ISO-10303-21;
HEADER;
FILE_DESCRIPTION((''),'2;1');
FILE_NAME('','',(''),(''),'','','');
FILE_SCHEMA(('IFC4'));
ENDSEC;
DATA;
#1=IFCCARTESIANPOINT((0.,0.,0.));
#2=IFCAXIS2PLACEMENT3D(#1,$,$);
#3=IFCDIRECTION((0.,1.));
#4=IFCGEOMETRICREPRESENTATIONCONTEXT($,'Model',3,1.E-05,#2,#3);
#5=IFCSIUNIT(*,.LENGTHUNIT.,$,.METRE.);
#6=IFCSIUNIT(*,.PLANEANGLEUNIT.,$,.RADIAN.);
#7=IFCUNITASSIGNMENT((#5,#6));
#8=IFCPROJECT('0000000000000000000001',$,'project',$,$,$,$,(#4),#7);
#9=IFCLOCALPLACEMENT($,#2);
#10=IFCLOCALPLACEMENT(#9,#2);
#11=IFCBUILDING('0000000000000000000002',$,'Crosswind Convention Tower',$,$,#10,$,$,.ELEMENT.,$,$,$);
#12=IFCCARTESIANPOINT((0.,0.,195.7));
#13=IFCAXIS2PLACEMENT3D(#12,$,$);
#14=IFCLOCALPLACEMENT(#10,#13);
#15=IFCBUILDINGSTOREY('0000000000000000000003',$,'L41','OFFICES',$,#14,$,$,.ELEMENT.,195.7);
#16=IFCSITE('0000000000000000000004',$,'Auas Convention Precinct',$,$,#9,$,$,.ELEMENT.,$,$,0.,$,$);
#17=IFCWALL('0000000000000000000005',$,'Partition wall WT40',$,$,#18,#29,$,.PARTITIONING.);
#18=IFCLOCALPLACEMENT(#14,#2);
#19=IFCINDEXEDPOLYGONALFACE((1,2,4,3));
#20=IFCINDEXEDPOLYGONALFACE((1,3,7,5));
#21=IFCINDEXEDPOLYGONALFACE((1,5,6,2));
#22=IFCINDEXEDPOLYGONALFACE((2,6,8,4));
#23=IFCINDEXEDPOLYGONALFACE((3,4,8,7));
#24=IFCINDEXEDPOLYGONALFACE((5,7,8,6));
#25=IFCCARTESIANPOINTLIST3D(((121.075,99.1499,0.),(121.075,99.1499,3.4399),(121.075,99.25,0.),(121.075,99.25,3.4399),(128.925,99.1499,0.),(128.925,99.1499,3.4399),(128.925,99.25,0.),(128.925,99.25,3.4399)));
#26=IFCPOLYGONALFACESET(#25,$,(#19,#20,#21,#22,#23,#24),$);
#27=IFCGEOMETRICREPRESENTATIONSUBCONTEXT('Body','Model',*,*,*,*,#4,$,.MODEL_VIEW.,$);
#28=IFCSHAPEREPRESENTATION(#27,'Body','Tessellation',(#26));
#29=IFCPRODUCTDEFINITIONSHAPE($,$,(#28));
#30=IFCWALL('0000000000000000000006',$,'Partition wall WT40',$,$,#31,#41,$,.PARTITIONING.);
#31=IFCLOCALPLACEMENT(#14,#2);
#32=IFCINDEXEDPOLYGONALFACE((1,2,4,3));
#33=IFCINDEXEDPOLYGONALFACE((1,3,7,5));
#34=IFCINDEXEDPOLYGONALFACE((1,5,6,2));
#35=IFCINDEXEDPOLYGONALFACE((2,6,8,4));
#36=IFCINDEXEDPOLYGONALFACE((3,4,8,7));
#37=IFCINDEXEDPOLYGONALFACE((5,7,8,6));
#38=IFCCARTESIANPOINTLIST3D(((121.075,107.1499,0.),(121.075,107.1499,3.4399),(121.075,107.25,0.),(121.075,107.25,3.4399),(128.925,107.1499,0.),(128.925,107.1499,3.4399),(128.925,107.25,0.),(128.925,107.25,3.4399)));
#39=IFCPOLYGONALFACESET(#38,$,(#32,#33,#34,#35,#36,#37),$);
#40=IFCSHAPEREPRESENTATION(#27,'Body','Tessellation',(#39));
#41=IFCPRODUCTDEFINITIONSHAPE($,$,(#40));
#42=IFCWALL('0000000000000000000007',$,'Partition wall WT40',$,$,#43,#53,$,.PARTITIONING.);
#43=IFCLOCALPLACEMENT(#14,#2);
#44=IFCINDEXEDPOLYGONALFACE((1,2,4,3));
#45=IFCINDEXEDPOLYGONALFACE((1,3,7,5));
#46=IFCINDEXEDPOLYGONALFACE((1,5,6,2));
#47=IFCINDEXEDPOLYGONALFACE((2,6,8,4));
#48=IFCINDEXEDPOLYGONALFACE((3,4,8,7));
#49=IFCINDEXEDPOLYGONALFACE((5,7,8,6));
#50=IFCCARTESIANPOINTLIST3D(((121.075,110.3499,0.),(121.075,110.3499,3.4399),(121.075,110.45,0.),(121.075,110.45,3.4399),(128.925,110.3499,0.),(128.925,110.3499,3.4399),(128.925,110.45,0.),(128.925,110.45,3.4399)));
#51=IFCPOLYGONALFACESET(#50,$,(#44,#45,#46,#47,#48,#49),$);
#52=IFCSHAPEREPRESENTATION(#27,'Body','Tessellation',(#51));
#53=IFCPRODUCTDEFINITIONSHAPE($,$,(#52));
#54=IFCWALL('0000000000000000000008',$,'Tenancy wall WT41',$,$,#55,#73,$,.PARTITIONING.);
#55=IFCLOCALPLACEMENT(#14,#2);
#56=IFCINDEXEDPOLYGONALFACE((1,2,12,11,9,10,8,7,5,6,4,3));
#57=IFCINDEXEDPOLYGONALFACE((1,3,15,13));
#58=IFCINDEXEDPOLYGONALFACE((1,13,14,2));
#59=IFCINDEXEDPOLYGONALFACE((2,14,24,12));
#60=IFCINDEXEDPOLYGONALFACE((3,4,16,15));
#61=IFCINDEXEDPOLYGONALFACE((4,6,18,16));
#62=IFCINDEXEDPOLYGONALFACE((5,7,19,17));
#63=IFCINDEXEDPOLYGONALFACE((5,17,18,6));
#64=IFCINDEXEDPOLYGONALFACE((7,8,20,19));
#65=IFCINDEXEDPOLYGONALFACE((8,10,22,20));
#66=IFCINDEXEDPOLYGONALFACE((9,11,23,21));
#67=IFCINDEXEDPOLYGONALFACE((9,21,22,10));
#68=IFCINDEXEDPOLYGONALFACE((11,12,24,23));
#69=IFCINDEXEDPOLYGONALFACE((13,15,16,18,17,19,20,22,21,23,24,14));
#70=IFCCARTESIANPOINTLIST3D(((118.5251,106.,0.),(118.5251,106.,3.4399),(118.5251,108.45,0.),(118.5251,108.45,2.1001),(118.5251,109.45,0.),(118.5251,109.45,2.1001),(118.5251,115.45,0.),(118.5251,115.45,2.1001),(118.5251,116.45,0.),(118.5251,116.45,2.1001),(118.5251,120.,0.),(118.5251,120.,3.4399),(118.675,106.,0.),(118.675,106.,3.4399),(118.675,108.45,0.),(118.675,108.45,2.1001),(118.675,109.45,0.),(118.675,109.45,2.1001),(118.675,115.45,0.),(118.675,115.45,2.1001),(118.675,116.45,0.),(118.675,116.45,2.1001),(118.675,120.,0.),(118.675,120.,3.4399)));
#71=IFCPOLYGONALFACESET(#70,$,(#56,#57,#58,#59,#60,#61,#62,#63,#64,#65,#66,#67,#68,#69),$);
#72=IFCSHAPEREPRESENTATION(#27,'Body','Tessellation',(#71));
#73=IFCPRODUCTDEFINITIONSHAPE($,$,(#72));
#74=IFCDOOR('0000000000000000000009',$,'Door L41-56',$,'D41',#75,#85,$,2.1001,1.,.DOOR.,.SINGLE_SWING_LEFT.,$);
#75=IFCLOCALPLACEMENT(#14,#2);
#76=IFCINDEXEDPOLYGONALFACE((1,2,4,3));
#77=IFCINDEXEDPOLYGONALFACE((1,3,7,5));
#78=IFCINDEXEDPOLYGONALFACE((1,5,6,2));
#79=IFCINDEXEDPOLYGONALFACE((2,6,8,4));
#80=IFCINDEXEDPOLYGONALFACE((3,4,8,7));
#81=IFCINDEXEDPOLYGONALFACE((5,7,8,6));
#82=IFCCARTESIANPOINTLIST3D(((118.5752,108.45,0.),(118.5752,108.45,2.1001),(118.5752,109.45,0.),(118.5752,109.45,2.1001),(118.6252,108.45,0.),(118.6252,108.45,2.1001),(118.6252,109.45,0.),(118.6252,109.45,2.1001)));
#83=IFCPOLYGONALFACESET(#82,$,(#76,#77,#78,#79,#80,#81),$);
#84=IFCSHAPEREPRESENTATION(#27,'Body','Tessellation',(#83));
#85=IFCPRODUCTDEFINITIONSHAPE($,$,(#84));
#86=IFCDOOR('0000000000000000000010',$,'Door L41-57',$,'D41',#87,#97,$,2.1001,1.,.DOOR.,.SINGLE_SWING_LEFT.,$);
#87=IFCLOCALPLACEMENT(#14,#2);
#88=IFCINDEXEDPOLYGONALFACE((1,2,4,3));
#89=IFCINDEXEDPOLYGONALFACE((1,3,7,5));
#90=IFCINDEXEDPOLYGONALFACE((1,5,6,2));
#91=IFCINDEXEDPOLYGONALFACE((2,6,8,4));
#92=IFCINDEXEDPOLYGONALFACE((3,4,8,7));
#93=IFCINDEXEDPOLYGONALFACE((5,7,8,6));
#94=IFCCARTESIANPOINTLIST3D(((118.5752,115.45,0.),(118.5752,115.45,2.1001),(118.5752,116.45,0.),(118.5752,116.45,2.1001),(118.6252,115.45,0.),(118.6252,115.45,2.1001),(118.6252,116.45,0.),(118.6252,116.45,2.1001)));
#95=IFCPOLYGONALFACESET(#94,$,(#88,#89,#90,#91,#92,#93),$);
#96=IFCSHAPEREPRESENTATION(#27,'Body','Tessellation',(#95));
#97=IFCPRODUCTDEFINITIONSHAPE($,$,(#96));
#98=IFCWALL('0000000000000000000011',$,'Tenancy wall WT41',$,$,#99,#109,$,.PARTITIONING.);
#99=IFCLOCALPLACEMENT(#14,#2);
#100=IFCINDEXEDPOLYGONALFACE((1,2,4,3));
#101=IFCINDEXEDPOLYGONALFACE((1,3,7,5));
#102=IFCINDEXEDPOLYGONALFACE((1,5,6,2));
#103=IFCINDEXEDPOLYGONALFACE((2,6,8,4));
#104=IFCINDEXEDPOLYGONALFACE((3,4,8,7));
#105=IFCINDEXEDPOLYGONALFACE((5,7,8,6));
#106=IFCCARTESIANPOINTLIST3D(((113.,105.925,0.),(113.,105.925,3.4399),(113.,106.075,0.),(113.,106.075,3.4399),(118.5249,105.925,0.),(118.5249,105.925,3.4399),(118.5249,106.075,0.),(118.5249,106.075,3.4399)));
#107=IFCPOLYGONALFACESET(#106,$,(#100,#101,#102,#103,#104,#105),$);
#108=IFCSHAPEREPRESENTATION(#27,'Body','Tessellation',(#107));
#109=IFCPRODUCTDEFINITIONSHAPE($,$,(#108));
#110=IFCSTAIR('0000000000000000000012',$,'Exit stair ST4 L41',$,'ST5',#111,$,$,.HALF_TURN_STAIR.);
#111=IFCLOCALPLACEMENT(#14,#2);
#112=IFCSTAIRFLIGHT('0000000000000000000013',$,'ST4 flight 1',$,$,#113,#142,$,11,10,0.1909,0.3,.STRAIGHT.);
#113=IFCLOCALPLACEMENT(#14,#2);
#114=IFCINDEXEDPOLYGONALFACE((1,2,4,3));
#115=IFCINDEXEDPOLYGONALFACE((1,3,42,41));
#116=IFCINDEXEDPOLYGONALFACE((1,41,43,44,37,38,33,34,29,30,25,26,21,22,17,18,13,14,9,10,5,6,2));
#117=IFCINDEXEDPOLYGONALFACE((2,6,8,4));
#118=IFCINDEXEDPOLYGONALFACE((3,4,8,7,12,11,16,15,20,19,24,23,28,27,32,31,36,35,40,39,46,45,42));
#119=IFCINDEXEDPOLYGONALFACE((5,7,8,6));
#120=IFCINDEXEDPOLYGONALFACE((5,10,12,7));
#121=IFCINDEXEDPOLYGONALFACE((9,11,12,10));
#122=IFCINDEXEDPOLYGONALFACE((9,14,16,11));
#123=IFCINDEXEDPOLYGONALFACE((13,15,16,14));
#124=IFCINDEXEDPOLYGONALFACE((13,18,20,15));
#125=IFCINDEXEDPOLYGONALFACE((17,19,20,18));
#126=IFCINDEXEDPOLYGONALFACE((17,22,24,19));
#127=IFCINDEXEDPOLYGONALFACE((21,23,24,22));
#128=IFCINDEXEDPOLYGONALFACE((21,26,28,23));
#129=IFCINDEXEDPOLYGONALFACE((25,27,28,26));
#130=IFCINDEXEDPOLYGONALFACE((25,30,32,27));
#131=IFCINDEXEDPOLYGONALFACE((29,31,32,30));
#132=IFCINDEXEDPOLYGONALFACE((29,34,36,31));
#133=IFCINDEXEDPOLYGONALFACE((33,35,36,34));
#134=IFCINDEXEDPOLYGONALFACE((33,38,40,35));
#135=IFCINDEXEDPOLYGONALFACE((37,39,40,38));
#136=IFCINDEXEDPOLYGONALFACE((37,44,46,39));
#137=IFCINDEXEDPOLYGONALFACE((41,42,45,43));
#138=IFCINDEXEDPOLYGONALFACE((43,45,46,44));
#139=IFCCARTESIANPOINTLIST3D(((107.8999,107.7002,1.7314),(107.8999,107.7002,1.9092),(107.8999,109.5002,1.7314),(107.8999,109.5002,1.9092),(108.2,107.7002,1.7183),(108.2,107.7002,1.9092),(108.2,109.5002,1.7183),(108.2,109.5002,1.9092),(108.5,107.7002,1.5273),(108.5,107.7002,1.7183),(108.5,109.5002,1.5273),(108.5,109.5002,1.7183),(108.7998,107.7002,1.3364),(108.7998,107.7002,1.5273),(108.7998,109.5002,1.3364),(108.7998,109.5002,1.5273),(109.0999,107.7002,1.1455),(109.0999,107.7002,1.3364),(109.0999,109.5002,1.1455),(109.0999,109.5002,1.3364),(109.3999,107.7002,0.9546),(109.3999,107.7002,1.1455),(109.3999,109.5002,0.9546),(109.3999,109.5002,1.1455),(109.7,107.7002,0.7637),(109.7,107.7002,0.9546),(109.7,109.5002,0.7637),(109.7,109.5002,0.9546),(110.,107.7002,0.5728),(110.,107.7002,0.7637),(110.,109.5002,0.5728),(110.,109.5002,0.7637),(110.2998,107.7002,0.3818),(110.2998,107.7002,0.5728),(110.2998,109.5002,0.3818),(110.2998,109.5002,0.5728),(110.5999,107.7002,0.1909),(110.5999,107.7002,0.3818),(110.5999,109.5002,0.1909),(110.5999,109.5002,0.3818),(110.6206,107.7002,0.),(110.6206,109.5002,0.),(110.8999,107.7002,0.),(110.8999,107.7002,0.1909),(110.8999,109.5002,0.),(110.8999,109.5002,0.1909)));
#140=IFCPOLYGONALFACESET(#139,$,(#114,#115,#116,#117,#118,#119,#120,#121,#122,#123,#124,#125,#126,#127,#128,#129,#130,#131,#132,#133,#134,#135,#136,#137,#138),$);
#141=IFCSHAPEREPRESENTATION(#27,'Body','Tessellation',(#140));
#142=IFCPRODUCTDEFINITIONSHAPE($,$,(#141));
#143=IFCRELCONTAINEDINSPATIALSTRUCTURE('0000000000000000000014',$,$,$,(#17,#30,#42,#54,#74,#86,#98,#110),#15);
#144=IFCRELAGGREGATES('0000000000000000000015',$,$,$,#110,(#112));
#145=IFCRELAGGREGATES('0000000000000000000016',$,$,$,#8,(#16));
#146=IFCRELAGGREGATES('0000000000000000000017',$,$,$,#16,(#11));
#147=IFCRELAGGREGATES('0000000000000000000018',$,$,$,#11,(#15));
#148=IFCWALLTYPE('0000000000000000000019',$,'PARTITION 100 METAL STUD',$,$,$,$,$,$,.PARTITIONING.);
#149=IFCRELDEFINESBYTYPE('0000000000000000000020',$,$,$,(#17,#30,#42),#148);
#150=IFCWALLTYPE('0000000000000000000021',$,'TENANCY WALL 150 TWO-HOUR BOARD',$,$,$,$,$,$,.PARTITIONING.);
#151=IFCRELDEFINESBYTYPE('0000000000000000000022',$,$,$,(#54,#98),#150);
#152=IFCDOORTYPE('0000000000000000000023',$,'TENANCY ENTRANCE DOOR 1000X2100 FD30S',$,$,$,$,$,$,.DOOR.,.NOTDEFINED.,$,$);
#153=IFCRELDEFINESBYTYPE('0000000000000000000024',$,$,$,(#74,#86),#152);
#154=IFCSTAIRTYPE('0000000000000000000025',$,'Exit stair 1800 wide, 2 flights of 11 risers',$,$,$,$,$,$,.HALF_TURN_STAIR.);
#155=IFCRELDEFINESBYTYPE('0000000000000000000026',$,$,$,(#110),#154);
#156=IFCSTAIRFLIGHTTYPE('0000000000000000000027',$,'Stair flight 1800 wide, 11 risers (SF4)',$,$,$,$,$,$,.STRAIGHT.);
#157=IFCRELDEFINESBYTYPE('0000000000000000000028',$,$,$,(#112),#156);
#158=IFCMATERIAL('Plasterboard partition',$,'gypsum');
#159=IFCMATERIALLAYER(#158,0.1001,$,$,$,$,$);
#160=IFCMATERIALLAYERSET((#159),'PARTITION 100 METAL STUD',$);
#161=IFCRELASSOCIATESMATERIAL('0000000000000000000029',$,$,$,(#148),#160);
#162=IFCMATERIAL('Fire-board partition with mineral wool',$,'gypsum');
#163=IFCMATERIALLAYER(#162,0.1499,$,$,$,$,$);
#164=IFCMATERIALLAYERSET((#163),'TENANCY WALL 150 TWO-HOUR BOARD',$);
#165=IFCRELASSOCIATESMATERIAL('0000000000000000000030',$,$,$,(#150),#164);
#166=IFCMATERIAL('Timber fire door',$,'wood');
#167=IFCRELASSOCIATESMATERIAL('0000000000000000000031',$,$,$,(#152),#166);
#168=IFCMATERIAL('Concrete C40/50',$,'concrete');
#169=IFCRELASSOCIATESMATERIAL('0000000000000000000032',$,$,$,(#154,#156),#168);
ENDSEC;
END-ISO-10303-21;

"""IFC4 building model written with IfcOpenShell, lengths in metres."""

from ifc_helpers import new_model, si_unit, direction, frame, frame_2d, origin, place, context, subcontext, project, spatial, polyline, rectangle, outline, extrude, material, layer, layer_set, type_object, element, fill, aggregate, save


model = new_model("IFC4")

# Units and contexts
model_context = context("Model", 3, precision=1e-05, world=origin(), true_north=direction((0.0, 1.0)))
body_context = subcontext(model_context, "Body", "Model", "MODEL_VIEW")
ifc_project = project(units=[si_unit("LENGTHUNIT", "METRE"), si_unit("PLANEANGLEUNIT", "RADIAN")], contexts=[model_context])

# Site, building, storey
site_placement = place(None, origin())
site = spatial("IfcSite", under=ifc_project, at=site_placement, Name="Auas Convention Precinct", CompositionType="ELEMENT", RefElevation=0.0)
building_placement = place(site_placement, origin())
building = spatial("IfcBuilding", under=site, at=building_placement, Name="Crosswind Convention Tower", CompositionType="ELEMENT")
storey_placement = place(building_placement, frame((0.0, 0.0, 195.7)))
storey = spatial("IfcBuildingStorey", under=building, at=storey_placement, Name="L41", Description="OFFICES", CompositionType="ELEMENT", Elevation=195.7)

# Walls
ifc_material_1 = material(Name="Plasterboard partition", Category="gypsum")
ifc_layer_1 = layer(ifc_material_1, 0.1001)
ifc_layer_set_1 = layer_set([ifc_layer_1], Name="PARTITION 100 METAL STUD")
wall_type_1 = type_object("IfcWallType", Name="PARTITION 100 METAL STUD", PredefinedType="PARTITIONING", material=ifc_layer_set_1)
for number, where, z_axis, x_axis, name in (
    (1, (121.075, 99.2, 0.0), (0.0, 0.0, 1.0), (1.0, 0.0, 0.0), "Partition wall WT40"),
    (2, (121.075, 107.2, 0.0), (0.0, 0.0, 1.0), (1.0, 0.0, 0.0), "Partition wall WT40"),
    (3, (121.075, 110.3999, 0.0), (0.0, 0.0, 1.0), (1.0, 0.0, 0.0), "Partition wall WT40"),
):
    element("IfcWall", number, at=place(storey_placement, frame(where, z_axis=z_axis, x_axis=x_axis)), inside=storey, type_object=wall_type_1, Name=name, PredefinedType="PARTITIONING", context=body_context, shape_type="SweptSolid", body=[
        extrude(rectangle(XDim=7.8501, YDim=0.1001, at=frame_2d((3.925, 0.0))), origin(), (0.0, 0.0, 1.0), 3.4399),
    ])

# Wall, openings, doors
ifc_material_2 = material(Name="Fire-board partition with mineral wool", Category="gypsum")
ifc_layer_2 = layer(ifc_material_2, 0.1499)
ifc_layer_set_2 = layer_set([ifc_layer_2], Name="TENANCY WALL 150 TWO-HOUR BOARD")
wall_type_2 = type_object("IfcWallType", Name="TENANCY WALL 150 TWO-HOUR BOARD", PredefinedType="PARTITIONING", material=ifc_layer_set_2)
wall_1_placement = place(storey_placement, frame((118.6001, 106.0, 0.0), z_axis=(0.0, 0.0, 1.0), x_axis=(0.0, 1.0, 0.0)))
wall_1 = element("IfcWall", 4, at=wall_1_placement, inside=storey, type_object=wall_type_2, Name="Tenancy wall WT41", PredefinedType="PARTITIONING", context=body_context, shape_type="SweptSolid", body=[
    extrude(rectangle(XDim=14.0, YDim=0.1499, at=frame_2d((7.0, 0.0))), origin(), (0.0, 0.0, 1.0), 3.4399),
])
opening_1_placement = place(wall_1_placement, frame((2.45, 0.0, 0.0)))
opening_1 = element("IfcOpeningElement", 5, at=opening_1_placement, cuts=wall_1, PredefinedType="OPENING", context=body_context, shape_type="SweptSolid", body=[
    extrude(rectangle(XDim=1.0, YDim=2.1001, at=frame_2d((0.5, 1.05))), frame((0.0, 0.085, 0.0), z_axis=(0.0, -1.0, 0.0), x_axis=(1.0, 0.0, 0.0)), (0.0, 0.0, 1.0), 0.1699),
])
opening_2_placement = place(wall_1_placement, frame((9.45, 0.0, 0.0)))
opening_2 = element("IfcOpeningElement", 6, at=opening_2_placement, cuts=wall_1, PredefinedType="OPENING", context=body_context, shape_type="SweptSolid", body=[
    extrude(rectangle(XDim=1.0, YDim=2.1001, at=frame_2d((0.5, 1.05))), frame((0.0, 0.085, 0.0), z_axis=(0.0, -1.0, 0.0), x_axis=(1.0, 0.0, 0.0)), (0.0, 0.0, 1.0), 0.1699),
])
ifc_material_3 = material(Name="Timber fire door", Category="wood")
door_type_1 = type_object("IfcDoorType", Name="TENANCY ENTRANCE DOOR 1000X2100 FD30S", OperationType="NOTDEFINED", PredefinedType="DOOR", material=ifc_material_3)
door_1_placement = place(opening_1_placement, origin())
door_1 = element("IfcDoor", 7, at=door_1_placement, inside=storey, type_object=door_type_1, Name="Door L41-56", ObjectType="D41", OperationType="SINGLE_SWING_LEFT", OverallHeight=2.1001, OverallWidth=1.0, PredefinedType="DOOR", context=body_context, shape_type="SweptSolid", body=[
    extrude(rectangle(XDim=1.0, YDim=2.1001, at=frame_2d((0.5, 1.05))), frame((0.0, 0.0249, 0.0), z_axis=(0.0, -1.0, 0.0), x_axis=(1.0, 0.0, 0.0)), (0.0, 0.0, 1.0), 0.05),
])
fill(opening_1, door_1)
door_2_placement = place(opening_2_placement, origin())
door_2 = element("IfcDoor", 8, at=door_2_placement, inside=storey, type_object=door_type_1, Name="Door L41-57", ObjectType="D41", OperationType="SINGLE_SWING_LEFT", OverallHeight=2.1001, OverallWidth=1.0, PredefinedType="DOOR", context=body_context, shape_type="SweptSolid", body=[
    extrude(rectangle(XDim=1.0, YDim=2.1001, at=frame_2d((0.5, 1.05))), frame((0.0, 0.0249, 0.0), z_axis=(0.0, -1.0, 0.0), x_axis=(1.0, 0.0, 0.0)), (0.0, 0.0, 1.0), 0.05),
])
fill(opening_2, door_2)

# Wall
wall_2_placement = place(storey_placement, frame((113.0, 106.0, 0.0), z_axis=(0.0, 0.0, 1.0), x_axis=(1.0, 0.0, 0.0)))
element("IfcWall", 9, at=wall_2_placement, inside=storey, type_object=wall_type_2, Name="Tenancy wall WT41", PredefinedType="PARTITIONING", context=body_context, shape_type="SweptSolid", body=[
    extrude(rectangle(XDim=5.5249, YDim=0.1499, at=frame_2d((2.7625, 0.0))), origin(), (0.0, 0.0, 1.0), 3.4399),
])

# Stair, stair flight
ifc_material_4 = material(Name="Concrete C40/50", Category="concrete")
stair_type = type_object("IfcStairType", Name="Exit stair 1800 wide, 2 flights of 11 risers", PredefinedType="HALF_TURN_STAIR", material=ifc_material_4)
stair_placement = place(storey_placement, origin())
stair = element("IfcStair", 10, at=stair_placement, inside=storey, type_object=stair_type, Name="Exit stair ST4 L41", ObjectType="ST5", PredefinedType="HALF_TURN_STAIR")
stair_flight_type = type_object("IfcStairFlightType", Name="Stair flight 1800 wide, 11 risers (SF4)", PredefinedType="STRAIGHT", material=ifc_material_4)
stair_flight_placement = place(storey_placement, frame((110.8999, 108.6001, 0.0), z_axis=(0.0, 0.0, 1.0), x_axis=(-1.0, 0.0, 0.0)))
stair_flight = element("IfcStairFlight", 11, at=stair_flight_placement, type_object=stair_flight_type, Name="ST4 flight 1", NumberOfRisers=11, NumberOfTreads=10, PredefinedType="STRAIGHT", RiserHeight=0.1909, TreadLength=0.3, context=body_context, shape_type="SweptSolid", body=[
    extrude(outline(polyline([(0.0, 0.0), (0.0, 0.1909), (0.3, 0.1909), (0.3, 0.3818), (0.6001, 0.3818), (0.6001, 0.5728), (0.8999, 0.5728), (0.8999, 0.7637), (1.2, 0.7637), (1.2, 0.9546), (1.5, 0.9546), (1.5, 1.1455), (1.8, 1.1455), (1.8, 1.3364), (2.1001, 1.3364), (2.1001, 1.5273), (2.3999, 1.5273), (2.3999, 1.7183), (2.7, 1.7183), (2.7, 1.9092), (3.0, 1.9092), (3.0, 2.1001), (3.0, 1.7314), (0.2793, 0.0), (0.0, 0.0)])), frame((0.0, 0.8999, 0.0), z_axis=(0.0, -1.0, 0.0), x_axis=(1.0, 0.0, 0.0)), (0.0, 0.0, 1.0), 1.8),
])
aggregate(stair, [stair_flight])

save(model, "model.ifc")
